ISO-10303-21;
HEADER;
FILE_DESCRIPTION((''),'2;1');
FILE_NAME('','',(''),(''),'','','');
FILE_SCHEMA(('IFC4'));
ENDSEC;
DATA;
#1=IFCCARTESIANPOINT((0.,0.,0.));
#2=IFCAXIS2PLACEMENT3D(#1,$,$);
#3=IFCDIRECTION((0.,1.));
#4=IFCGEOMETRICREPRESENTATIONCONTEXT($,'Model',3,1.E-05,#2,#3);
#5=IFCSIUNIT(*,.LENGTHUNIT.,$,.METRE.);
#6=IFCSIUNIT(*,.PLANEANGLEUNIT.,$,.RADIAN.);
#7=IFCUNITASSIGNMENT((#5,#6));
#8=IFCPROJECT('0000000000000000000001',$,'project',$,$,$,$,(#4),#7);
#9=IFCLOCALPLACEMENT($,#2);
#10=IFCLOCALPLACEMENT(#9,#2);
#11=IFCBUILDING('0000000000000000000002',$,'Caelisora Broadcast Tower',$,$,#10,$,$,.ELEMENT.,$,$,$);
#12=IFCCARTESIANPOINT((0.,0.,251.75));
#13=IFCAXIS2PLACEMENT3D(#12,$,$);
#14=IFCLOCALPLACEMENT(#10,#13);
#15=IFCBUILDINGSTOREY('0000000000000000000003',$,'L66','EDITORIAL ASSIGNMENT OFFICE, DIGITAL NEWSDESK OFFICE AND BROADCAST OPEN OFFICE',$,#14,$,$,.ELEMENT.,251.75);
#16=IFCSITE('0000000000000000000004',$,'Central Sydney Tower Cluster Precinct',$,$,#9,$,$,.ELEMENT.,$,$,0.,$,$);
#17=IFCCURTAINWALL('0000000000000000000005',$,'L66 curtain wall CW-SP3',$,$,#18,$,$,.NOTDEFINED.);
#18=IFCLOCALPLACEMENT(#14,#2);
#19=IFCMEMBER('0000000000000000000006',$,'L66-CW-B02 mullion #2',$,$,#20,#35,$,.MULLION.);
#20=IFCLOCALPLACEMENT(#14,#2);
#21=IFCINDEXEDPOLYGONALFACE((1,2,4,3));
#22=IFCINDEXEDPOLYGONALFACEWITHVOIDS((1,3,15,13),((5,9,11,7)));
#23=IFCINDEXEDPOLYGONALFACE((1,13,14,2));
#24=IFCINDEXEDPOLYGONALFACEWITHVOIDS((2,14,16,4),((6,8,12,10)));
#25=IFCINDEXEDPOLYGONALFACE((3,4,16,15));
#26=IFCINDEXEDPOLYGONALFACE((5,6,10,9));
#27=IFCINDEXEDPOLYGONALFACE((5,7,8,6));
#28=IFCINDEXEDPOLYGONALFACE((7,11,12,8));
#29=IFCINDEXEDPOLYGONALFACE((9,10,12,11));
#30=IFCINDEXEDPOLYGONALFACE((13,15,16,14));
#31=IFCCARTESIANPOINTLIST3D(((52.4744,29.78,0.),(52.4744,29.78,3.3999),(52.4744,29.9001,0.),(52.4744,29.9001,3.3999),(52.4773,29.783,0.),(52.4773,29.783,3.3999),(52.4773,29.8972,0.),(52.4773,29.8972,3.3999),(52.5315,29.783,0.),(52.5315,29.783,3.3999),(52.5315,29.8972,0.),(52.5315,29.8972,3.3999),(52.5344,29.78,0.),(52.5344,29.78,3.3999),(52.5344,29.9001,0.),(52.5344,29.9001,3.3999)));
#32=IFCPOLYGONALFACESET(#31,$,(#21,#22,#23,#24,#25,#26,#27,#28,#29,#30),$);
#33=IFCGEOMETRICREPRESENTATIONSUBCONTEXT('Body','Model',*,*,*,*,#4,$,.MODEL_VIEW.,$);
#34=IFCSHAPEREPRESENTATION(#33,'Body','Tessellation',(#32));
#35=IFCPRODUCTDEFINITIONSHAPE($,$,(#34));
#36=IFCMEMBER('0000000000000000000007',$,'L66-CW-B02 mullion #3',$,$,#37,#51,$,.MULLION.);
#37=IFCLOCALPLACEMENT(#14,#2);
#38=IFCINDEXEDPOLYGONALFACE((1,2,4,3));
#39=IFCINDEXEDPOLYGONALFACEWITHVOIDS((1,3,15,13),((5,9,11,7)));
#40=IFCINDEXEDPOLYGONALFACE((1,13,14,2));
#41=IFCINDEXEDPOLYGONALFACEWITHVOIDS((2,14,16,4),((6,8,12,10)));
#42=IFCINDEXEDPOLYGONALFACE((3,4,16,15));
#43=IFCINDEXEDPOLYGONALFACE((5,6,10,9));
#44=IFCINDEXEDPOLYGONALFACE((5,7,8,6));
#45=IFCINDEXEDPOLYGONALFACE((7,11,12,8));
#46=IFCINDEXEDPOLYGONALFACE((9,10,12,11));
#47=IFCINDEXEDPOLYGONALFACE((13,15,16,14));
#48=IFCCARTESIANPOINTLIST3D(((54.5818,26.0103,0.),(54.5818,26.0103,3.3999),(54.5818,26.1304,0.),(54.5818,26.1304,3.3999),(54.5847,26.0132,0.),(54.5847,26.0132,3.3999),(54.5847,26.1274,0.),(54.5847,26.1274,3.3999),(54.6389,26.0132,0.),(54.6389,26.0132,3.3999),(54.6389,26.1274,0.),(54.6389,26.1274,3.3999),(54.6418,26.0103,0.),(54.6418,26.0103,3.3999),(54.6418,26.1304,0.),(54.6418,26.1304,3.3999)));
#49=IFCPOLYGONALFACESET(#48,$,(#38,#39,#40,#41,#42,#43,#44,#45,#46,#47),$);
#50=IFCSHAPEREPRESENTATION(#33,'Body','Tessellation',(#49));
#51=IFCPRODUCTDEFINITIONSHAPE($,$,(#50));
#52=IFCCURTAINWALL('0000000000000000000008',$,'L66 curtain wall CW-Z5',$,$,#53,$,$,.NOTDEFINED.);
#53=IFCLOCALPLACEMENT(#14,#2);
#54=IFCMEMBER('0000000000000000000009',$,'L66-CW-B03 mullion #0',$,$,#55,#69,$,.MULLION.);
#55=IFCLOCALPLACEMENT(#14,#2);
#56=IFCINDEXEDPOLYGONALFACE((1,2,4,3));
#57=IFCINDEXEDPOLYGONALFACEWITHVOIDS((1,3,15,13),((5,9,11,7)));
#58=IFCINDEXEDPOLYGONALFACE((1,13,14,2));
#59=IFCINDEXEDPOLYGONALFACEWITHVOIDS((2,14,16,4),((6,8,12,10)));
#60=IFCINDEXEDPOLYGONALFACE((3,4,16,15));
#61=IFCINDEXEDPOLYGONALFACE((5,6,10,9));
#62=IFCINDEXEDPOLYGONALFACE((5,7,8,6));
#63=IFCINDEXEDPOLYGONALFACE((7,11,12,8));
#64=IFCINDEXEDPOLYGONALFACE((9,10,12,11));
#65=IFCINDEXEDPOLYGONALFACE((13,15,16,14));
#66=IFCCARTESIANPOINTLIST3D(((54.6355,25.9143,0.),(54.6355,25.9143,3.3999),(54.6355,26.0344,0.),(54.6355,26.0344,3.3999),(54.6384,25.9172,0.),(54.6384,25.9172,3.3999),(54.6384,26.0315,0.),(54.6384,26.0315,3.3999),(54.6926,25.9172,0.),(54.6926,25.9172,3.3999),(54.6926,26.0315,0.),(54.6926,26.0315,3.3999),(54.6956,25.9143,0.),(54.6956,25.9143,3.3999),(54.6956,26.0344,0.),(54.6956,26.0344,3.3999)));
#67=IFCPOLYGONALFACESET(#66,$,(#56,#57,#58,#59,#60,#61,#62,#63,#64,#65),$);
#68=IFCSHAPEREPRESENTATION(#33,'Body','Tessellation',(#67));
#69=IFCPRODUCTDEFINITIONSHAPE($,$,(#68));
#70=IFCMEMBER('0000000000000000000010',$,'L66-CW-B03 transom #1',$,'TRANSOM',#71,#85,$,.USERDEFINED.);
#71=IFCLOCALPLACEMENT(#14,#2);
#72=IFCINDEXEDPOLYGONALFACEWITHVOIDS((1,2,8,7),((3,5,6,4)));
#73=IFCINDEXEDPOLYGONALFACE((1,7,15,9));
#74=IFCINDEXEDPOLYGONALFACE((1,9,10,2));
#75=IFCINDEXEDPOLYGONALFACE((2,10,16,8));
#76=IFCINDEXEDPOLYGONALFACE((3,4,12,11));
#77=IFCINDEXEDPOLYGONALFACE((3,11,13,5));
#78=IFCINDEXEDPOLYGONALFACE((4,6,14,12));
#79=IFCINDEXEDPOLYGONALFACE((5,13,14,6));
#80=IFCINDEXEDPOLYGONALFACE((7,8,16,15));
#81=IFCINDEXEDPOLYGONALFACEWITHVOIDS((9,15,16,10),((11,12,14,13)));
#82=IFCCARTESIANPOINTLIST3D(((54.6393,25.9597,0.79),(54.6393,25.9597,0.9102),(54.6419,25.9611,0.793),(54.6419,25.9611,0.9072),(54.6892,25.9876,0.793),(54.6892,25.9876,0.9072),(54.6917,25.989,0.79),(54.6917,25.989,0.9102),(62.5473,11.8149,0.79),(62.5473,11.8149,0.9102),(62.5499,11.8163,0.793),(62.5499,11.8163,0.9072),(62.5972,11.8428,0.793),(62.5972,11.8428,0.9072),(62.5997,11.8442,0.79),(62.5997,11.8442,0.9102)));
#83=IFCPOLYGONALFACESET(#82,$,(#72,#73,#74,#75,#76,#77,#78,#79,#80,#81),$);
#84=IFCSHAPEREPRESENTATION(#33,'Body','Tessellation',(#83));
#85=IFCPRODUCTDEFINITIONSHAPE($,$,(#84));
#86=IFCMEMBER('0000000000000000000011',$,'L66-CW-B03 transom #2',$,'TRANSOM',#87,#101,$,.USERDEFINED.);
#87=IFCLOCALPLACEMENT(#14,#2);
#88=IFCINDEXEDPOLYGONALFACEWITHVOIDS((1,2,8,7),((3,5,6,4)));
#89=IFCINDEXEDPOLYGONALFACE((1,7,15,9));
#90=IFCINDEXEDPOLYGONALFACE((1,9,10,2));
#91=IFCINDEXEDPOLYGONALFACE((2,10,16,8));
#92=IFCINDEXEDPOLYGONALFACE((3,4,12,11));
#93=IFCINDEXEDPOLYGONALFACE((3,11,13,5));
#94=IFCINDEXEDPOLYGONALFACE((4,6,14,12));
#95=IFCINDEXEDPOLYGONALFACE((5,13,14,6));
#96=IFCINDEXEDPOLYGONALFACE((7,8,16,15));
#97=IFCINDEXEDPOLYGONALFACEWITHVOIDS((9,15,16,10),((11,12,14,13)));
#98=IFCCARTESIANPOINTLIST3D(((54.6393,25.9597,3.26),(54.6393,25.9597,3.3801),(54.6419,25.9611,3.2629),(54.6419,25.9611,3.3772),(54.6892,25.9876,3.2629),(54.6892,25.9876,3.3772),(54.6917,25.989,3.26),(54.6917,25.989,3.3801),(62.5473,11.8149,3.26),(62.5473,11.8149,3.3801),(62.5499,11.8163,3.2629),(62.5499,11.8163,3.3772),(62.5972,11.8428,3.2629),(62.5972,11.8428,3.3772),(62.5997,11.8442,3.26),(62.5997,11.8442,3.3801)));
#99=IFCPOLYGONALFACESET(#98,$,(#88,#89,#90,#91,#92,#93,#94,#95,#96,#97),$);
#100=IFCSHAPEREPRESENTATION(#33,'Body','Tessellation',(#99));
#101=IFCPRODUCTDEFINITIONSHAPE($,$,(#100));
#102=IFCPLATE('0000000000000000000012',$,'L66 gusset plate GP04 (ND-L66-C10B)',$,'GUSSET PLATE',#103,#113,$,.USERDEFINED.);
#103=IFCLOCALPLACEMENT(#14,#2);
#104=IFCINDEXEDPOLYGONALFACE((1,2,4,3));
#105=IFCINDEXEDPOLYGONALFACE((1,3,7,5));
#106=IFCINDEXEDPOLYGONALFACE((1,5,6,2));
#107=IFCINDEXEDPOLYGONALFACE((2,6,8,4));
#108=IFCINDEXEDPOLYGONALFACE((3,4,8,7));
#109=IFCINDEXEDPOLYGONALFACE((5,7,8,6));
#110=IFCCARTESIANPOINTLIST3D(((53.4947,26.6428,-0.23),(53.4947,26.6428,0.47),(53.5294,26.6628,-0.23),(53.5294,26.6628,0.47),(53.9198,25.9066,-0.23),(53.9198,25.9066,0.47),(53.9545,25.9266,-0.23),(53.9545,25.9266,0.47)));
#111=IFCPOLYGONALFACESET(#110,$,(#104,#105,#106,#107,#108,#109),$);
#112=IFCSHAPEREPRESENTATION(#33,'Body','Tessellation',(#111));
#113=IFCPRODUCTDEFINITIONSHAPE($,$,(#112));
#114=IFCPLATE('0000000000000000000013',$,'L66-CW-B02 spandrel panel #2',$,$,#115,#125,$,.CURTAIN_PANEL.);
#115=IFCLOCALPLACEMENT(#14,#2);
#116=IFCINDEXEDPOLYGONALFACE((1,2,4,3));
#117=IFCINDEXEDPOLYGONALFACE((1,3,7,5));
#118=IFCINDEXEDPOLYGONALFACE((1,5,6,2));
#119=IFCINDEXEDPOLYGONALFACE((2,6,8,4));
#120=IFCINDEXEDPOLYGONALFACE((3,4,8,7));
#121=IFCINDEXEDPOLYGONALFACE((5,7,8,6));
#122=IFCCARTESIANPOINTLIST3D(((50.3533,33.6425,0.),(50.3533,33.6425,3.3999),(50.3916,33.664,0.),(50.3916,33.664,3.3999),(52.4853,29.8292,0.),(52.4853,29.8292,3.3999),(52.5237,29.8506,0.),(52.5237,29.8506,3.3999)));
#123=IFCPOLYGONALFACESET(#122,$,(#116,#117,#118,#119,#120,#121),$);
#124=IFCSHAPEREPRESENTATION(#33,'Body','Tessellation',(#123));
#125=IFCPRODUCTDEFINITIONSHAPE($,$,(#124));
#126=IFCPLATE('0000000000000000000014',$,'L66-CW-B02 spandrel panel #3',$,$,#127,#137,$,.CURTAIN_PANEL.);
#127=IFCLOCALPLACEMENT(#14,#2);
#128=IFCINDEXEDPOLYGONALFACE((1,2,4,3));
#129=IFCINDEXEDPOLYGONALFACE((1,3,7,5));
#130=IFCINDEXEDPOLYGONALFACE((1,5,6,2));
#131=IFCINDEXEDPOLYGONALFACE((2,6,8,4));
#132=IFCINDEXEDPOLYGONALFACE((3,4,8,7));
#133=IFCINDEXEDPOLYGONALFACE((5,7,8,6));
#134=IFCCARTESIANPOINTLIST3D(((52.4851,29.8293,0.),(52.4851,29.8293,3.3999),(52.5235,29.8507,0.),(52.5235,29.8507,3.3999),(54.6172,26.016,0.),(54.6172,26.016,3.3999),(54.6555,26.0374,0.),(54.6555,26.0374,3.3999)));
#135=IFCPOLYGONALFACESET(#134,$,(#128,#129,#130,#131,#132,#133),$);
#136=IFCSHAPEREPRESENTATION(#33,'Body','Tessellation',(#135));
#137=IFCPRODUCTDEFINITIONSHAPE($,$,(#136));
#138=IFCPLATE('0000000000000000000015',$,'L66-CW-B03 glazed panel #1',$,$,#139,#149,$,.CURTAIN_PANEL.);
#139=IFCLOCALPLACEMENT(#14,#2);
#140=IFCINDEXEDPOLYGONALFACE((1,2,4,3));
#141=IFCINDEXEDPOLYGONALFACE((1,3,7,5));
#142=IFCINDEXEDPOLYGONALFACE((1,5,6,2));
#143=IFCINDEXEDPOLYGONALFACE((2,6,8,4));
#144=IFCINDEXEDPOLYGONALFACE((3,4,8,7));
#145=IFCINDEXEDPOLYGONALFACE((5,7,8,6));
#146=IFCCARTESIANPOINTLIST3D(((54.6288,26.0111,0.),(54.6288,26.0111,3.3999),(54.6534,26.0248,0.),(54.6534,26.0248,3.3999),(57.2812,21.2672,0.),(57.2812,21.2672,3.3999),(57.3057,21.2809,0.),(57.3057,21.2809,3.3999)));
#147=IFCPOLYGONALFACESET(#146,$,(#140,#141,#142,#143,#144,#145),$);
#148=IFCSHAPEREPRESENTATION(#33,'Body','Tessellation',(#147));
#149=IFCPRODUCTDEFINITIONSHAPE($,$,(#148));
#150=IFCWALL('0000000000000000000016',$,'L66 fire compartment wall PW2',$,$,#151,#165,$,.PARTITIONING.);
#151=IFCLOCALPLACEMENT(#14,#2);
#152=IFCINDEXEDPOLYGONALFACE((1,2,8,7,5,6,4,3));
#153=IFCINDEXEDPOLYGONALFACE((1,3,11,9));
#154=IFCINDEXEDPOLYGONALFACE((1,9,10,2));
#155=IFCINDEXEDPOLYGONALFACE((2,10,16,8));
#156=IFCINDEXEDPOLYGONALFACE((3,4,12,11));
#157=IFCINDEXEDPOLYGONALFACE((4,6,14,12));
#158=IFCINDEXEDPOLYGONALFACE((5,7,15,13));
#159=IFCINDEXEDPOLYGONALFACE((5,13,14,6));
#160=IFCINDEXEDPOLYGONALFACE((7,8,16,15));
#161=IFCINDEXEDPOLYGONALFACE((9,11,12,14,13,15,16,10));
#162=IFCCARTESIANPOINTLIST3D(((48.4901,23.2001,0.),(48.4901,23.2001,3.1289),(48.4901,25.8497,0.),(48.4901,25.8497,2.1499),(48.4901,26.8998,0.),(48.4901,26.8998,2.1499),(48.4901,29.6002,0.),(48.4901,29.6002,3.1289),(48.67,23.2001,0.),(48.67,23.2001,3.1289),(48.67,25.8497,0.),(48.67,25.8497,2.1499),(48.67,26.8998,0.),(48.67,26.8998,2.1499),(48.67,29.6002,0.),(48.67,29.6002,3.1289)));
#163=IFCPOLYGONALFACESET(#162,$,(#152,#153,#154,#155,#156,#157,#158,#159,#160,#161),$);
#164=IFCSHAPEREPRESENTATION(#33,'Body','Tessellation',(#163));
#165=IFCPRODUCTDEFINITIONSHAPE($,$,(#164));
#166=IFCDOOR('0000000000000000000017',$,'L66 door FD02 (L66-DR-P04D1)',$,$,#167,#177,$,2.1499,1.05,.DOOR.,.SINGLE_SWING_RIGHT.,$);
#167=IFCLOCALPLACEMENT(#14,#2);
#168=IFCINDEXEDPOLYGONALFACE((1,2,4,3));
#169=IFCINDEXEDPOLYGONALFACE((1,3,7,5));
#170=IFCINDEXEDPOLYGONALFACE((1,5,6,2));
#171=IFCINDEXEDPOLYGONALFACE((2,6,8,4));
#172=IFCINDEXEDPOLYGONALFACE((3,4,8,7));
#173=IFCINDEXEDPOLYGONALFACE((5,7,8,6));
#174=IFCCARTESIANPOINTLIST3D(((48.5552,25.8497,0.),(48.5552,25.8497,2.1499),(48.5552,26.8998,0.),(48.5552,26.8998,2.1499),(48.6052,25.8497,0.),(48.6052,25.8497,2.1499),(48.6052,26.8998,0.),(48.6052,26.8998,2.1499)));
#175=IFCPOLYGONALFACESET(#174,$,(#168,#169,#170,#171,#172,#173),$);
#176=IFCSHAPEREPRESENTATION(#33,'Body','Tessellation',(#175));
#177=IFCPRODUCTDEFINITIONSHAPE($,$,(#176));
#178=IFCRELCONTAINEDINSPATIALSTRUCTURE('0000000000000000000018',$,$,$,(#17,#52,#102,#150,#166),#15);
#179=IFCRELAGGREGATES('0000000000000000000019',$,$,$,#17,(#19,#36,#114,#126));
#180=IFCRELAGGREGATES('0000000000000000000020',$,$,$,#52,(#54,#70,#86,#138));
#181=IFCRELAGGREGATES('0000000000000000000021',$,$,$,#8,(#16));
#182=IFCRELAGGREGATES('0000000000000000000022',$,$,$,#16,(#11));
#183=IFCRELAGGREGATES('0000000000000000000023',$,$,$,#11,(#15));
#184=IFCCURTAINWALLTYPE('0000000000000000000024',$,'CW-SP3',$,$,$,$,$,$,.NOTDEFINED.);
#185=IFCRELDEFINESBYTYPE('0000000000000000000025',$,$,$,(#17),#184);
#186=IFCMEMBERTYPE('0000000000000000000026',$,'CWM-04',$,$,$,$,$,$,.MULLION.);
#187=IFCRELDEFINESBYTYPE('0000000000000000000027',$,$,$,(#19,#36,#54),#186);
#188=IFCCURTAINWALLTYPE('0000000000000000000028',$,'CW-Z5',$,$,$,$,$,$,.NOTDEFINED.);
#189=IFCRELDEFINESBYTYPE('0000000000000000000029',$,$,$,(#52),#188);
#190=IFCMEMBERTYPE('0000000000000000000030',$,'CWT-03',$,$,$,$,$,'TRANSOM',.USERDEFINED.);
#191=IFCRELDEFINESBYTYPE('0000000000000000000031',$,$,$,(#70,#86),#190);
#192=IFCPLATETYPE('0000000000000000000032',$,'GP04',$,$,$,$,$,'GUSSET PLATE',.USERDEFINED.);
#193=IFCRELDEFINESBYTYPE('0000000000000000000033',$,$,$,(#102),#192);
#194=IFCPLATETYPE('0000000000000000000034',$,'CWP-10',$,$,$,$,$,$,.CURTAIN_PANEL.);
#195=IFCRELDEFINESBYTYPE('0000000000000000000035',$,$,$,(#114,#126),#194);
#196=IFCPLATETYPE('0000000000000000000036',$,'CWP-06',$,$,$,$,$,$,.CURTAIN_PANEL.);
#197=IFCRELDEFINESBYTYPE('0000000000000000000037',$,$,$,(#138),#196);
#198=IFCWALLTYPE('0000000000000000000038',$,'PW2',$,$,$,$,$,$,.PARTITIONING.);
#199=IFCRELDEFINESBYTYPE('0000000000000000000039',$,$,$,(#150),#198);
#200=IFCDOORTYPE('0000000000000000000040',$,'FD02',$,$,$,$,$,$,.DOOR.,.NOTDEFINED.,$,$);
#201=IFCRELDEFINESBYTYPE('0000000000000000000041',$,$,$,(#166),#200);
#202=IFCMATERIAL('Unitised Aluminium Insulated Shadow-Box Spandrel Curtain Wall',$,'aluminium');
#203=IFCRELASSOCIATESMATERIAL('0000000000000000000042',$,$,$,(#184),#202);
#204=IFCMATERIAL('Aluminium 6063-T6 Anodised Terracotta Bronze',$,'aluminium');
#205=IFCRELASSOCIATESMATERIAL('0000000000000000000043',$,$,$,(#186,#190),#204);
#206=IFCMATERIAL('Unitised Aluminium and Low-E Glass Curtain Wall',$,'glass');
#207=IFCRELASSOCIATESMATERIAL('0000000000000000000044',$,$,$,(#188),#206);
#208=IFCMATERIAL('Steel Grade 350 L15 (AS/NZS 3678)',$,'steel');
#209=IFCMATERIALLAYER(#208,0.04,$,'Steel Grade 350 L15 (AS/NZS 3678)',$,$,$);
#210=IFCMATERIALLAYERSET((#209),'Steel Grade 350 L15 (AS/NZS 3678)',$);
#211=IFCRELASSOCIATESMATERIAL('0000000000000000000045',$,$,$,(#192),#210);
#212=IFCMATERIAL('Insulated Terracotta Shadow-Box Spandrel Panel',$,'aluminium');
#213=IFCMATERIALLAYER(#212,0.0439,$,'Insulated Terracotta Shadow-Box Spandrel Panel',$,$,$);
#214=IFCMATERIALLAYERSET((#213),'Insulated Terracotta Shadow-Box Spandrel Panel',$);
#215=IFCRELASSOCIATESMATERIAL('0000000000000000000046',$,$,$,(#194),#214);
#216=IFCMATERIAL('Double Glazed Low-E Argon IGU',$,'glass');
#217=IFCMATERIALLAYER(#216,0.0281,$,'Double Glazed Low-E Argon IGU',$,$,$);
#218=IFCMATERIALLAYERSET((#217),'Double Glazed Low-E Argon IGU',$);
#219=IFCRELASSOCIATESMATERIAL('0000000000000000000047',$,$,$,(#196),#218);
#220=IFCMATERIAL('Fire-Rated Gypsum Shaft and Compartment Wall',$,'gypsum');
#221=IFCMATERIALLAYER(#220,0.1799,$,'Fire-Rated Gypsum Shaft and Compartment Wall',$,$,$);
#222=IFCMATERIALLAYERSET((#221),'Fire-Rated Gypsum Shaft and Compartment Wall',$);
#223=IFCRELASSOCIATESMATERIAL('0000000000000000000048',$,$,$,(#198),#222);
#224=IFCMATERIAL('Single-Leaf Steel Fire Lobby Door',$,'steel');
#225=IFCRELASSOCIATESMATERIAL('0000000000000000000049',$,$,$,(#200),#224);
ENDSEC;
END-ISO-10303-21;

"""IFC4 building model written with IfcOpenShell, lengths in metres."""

from ifc_helpers import new_model, si_unit, direction, frame, frame_2d, origin, origin_2d, place, context, subcontext, project, spatial, rectangle, hollow_rectangle, extrude, source, transform, mapped, material, layer, layer_set, material_profile, profile_set, type_object, type_shapes, element, fill, aggregate, save


model = new_model("IFC4")

# Units and contexts
model_context = context("Model", 3, precision=1e-05, world=origin(), true_north=direction((0.0, 1.0)))
body_context = subcontext(model_context, "Body", "Model", "MODEL_VIEW")
ifc_project = project(units=[si_unit("LENGTHUNIT", "METRE"), si_unit("PLANEANGLEUNIT", "RADIAN")], contexts=[model_context])

# Site, building, storey
site_placement = place(None, origin())
site = spatial("IfcSite", under=ifc_project, at=site_placement, Name="Central Sydney Tower Cluster Precinct", CompositionType="ELEMENT", RefElevation=0.0)
building_placement = place(site_placement, origin())
building = spatial("IfcBuilding", under=site, at=building_placement, Name="Caelisora Broadcast Tower", CompositionType="ELEMENT")
storey_placement = place(building_placement, frame((0.0, 0.0, 251.75)))
storey = spatial("IfcBuildingStorey", under=building, at=storey_placement, Name="L66", Description="EDITORIAL ASSIGNMENT OFFICE, DIGITAL NEWSDESK OFFICE AND BROADCAST OPEN OFFICE", CompositionType="ELEMENT", Elevation=251.75)

# Shared definitions
ifc_material_1 = material(Name="Steel Grade 350 L15 (AS/NZS 3678)", Category="steel")

# Curtain walls, members
ifc_material_2 = material(Name="Unitised Aluminium Insulated Shadow-Box Spandrel Curtain Wall", Category="aluminium")
curtain_wall_type_1 = type_object("IfcCurtainWallType", Name="CW-SP3", PredefinedType="NOTDEFINED", material=ifc_material_2)
curtain_wall_1_placement = place(storey_placement, origin())
curtain_wall_1 = element("IfcCurtainWall", 1, at=curtain_wall_1_placement, inside=storey, type_object=curtain_wall_type_1, Name="L66 curtain wall CW-SP3", PredefinedType="NOTDEFINED")
ifc_material_3 = material(Name="Aluminium 6063-T6 Anodised Terracotta Bronze", Category="aluminium")
ifc_material_profile_1 = material_profile(ifc_material_3, hollow_rectangle(XDim=0.0601, YDim=0.1201, WallThickness=0.0029, at=origin_2d()), Name="Aluminium 6063-T6 Anodised Terracotta Bronze")
ifc_profile_set_1 = profile_set([ifc_material_profile_1], Name="Aluminium 6063-T6 Anodised Terracotta Bronze")
member_type_1 = type_object("IfcMemberType", Name="CWM-04", PredefinedType="MULLION", material=ifc_profile_set_1)
shared_shape_1 = source(origin(), body_context, "Body", "SweptSolid", [
    extrude(hollow_rectangle(XDim=0.0601, YDim=0.1201, WallThickness=0.0029, at=origin_2d()), origin(), (0.0, 0.0, 1.0), 3.3999),
])
type_shapes(member_type_1, [shared_shape_1])
member_1_placement = place(storey_placement, frame((52.5044, 29.8401, 0.0), z_axis=(0.0, 0.0, 1.0), x_axis=(1.0, 0.0, 0.0)))
member_1 = element("IfcMember", 2, at=member_1_placement, type_object=member_type_1, Name="L66-CW-B02 mullion #2", PredefinedType="MULLION", context=body_context, shape_type="MappedRepresentation", body=[
    mapped(shared_shape_1, transform((0.0, 0.0, 0.0), scale=1.0)),
])
member_2_placement = place(storey_placement, frame((54.6118, 26.0703, 0.0), z_axis=(0.0, 0.0, 1.0), x_axis=(1.0, 0.0, 0.0)))
member_2 = element("IfcMember", 3, at=member_2_placement, type_object=member_type_1, Name="L66-CW-B02 mullion #3", PredefinedType="MULLION", context=body_context, shape_type="MappedRepresentation", body=[
    mapped(shared_shape_1, transform((0.0, 0.0, 0.0), scale=1.0)),
])
ifc_material_4 = material(Name="Unitised Aluminium and Low-E Glass Curtain Wall", Category="glass")
curtain_wall_type_2 = type_object("IfcCurtainWallType", Name="CW-Z5", PredefinedType="NOTDEFINED", material=ifc_material_4)
curtain_wall_2_placement = place(storey_placement, origin())
curtain_wall_2 = element("IfcCurtainWall", 4, at=curtain_wall_2_placement, inside=storey, type_object=curtain_wall_type_2, Name="L66 curtain wall CW-Z5", PredefinedType="NOTDEFINED")
member_3_placement = place(storey_placement, frame((54.6655, 25.9744, 0.0), z_axis=(0.0, 0.0, 1.0), x_axis=(1.0, 0.0, 0.0)))
member_3 = element("IfcMember", 5, at=member_3_placement, type_object=member_type_1, Name="L66-CW-B03 mullion #0", PredefinedType="MULLION", context=body_context, shape_type="MappedRepresentation", body=[
    mapped(shared_shape_1, transform((0.0, 0.0, 0.0), scale=1.0)),
])
ifc_material_profile_2 = material_profile(ifc_material_3, hollow_rectangle(XDim=0.0601, YDim=0.1201, WallThickness=0.0029, at=origin_2d()), Name="Aluminium 6063-T6 Anodised Terracotta Bronze")
ifc_profile_set_2 = profile_set([ifc_material_profile_2], Name="Aluminium 6063-T6 Anodised Terracotta Bronze")
member_type_2 = type_object("IfcMemberType", Name="CWT-03", ElementType="TRANSOM", PredefinedType="USERDEFINED", material=ifc_profile_set_2)
shared_shape_2 = source(origin(), body_context, "Body", "SweptSolid", [
    extrude(hollow_rectangle(XDim=0.0601, YDim=0.1201, WallThickness=0.0029, at=origin_2d()), origin(), (0.0, 0.0, 1.0), 16.2053),
])
type_shapes(member_type_2, [shared_shape_2])
member_4_placement = place(storey_placement, frame((54.6655, 25.9744, 0.8501), z_axis=(0.487987, -0.872851, 0.0), x_axis=(0.872851, 0.487987, 0.0)))
member_4 = element("IfcMember", 6, at=member_4_placement, type_object=member_type_2, Name="L66-CW-B03 transom #1", ObjectType="TRANSOM", PredefinedType="USERDEFINED", context=body_context, shape_type="MappedRepresentation", body=[
    mapped(shared_shape_2, transform((0.0, 0.0, 0.0), scale=1.0)),
])
member_5_placement = place(storey_placement, frame((54.6655, 25.9744, 3.3201), z_axis=(0.487987, -0.872851, 0.0), x_axis=(0.872851, 0.487987, 0.0)))
member_5 = element("IfcMember", 7, at=member_5_placement, type_object=member_type_2, Name="L66-CW-B03 transom #2", ObjectType="TRANSOM", PredefinedType="USERDEFINED", context=body_context, shape_type="MappedRepresentation", body=[
    mapped(shared_shape_2, transform((0.0, 0.0, 0.0), scale=1.0)),
])

# Plates
ifc_layer_1 = layer(ifc_material_1, 0.04, Name="Steel Grade 350 L15 (AS/NZS 3678)")
ifc_layer_set_1 = layer_set([ifc_layer_1], Name="Steel Grade 350 L15 (AS/NZS 3678)")
plate_type_1 = type_object("IfcPlateType", Name="GP04", ElementType="GUSSET PLATE", PredefinedType="USERDEFINED", material=ifc_layer_set_1)
shared_shape_3 = source(origin(), body_context, "Body", "SweptSolid", [
    extrude(rectangle(XDim=0.8501, YDim=0.04, at=origin_2d()), origin(), (0.0, 0.0, 1.0), 0.7),
])
type_shapes(plate_type_1, [shared_shape_3])
plate_1_placement = place(storey_placement, frame((53.7246, 26.2847, -0.23), z_axis=(0.0, 0.0, 1.0), x_axis=(-0.5, 0.866025, 0.0)))
element("IfcPlate", 8, at=plate_1_placement, inside=storey, type_object=plate_type_1, Name="L66 gusset plate GP04 (ND-L66-C10B)", ObjectType="GUSSET PLATE", PredefinedType="USERDEFINED", context=body_context, shape_type="MappedRepresentation", body=[
    mapped(shared_shape_3, transform((0.0, 0.0, 0.0), scale=1.0)),
])
ifc_material_5 = material(Name="Insulated Terracotta Shadow-Box Spandrel Panel", Category="aluminium")
ifc_layer_2 = layer(ifc_material_5, 0.0439, Name="Insulated Terracotta Shadow-Box Spandrel Panel")
ifc_layer_set_2 = layer_set([ifc_layer_2], Name="Insulated Terracotta Shadow-Box Spandrel Panel")
plate_type_2 = type_object("IfcPlateType", Name="CWP-10", PredefinedType="CURTAIN_PANEL", material=ifc_layer_set_2)
shared_shape_4 = source(origin(), body_context, "Body", "SweptSolid", [
    extrude(rectangle(XDim=4.3689, YDim=0.0439, at=origin_2d()), origin(), (0.0, 0.0, 1.0), 3.3999),
])
type_shapes(plate_type_2, [shared_shape_4])
plate_2_placement = place(storey_placement, frame((51.4385, 31.7466, 0.0), z_axis=(0.0, 0.0, 1.0), x_axis=(0.488012, -0.872837, 0.0)))
plate_2 = element("IfcPlate", 9, at=plate_2_placement, type_object=plate_type_2, Name="L66-CW-B02 spandrel panel #2", PredefinedType="CURTAIN_PANEL", context=body_context, shape_type="MappedRepresentation", body=[
    mapped(shared_shape_4, transform((0.0, 0.0, 0.0), scale=1.0)),
])
plate_3_placement = place(storey_placement, frame((53.5703, 27.9333, 0.0), z_axis=(0.0, 0.0, 1.0), x_axis=(0.488012, -0.872837, 0.0)))
plate_3 = element("IfcPlate", 10, at=plate_3_placement, type_object=plate_type_2, Name="L66-CW-B02 spandrel panel #3", PredefinedType="CURTAIN_PANEL", context=body_context, shape_type="MappedRepresentation", body=[
    mapped(shared_shape_4, transform((0.0, 0.0, 0.0), scale=1.0)),
])
aggregate(curtain_wall_1, [member_1, member_2, plate_2, plate_3])
ifc_material_6 = material(Name="Double Glazed Low-E Argon IGU", Category="glass")
ifc_layer_3 = layer(ifc_material_6, 0.0281, Name="Double Glazed Low-E Argon IGU")
ifc_layer_set_3 = layer_set([ifc_layer_3], Name="Double Glazed Low-E Argon IGU")
plate_type_3 = type_object("IfcPlateType", Name="CWP-06", PredefinedType="CURTAIN_PANEL", material=ifc_layer_set_3)
shared_shape_5 = source(origin(), body_context, "Body", "SweptSolid", [
    extrude(rectangle(XDim=5.4351, YDim=0.0281, at=origin_2d()), origin(), (0.0, 0.0, 1.0), 3.3999),
])
type_shapes(plate_type_3, [shared_shape_5])
plate_4_placement = place(storey_placement, frame((55.9673, 23.646, 0.0), z_axis=(0.0, 0.0, 1.0), x_axis=(0.488012, -0.872837, 0.0)))
plate_4 = element("IfcPlate", 11, at=plate_4_placement, type_object=plate_type_3, Name="L66-CW-B03 glazed panel #1", PredefinedType="CURTAIN_PANEL", context=body_context, shape_type="MappedRepresentation", body=[
    mapped(shared_shape_5, transform((0.0, 0.0, 0.0), scale=1.0)),
])
aggregate(curtain_wall_2, [member_3, member_4, member_5, plate_4])

# Wall, opening, door
ifc_material_7 = material(Name="Fire-Rated Gypsum Shaft and Compartment Wall", Category="gypsum")
ifc_layer_4 = layer(ifc_material_7, 0.1799, Name="Fire-Rated Gypsum Shaft and Compartment Wall")
ifc_layer_set_4 = layer_set([ifc_layer_4], Name="Fire-Rated Gypsum Shaft and Compartment Wall")
wall_type_1 = type_object("IfcWallType", Name="PW2", PredefinedType="PARTITIONING", material=ifc_layer_set_4)
wall_1_placement = place(storey_placement, frame((48.5801, 23.2, 0.0), z_axis=(0.0, 0.0, 1.0), x_axis=(0.0, 1.0, 0.0)))
wall_1 = element("IfcWall", 12, at=wall_1_placement, inside=storey, type_object=wall_type_1, Name="L66 fire compartment wall PW2", PredefinedType="PARTITIONING", context=body_context, shape_type="SweptSolid", body=[
    extrude(rectangle(XDim=6.4001, YDim=0.1799, at=frame_2d((3.2002, 0.0))), origin(), (0.0, 0.0, 1.0), 3.1289),
])
opening_placement = place(wall_1_placement, frame((2.6499, 0.0, 0.0)))
opening = element("IfcOpeningElement", 13, at=opening_placement, cuts=wall_1, PredefinedType="OPENING", context=body_context, shape_type="SweptSolid", body=[
    extrude(rectangle(XDim=1.05, YDim=2.1499, at=frame_2d((0.5249, 1.075))), frame((0.0, 0.1021, 0.0), z_axis=(0.0, -1.0, 0.0), x_axis=(1.0, 0.0, 0.0)), (0.0, 0.0, 1.0), 0.2039),
])
ifc_material_8 = material(Name="Single-Leaf Steel Fire Lobby Door", Category="steel")
door_type = type_object("IfcDoorType", Name="FD02", OperationType="NOTDEFINED", PredefinedType="DOOR", material=ifc_material_8)
door_placement = place(opening_placement, origin())
door = element("IfcDoor", 14, at=door_placement, inside=storey, type_object=door_type, Name="L66 door FD02 (L66-DR-P04D1)", OperationType="SINGLE_SWING_RIGHT", OverallHeight=2.1499, OverallWidth=1.05, PredefinedType="DOOR", context=body_context, shape_type="SweptSolid", body=[
    extrude(rectangle(XDim=1.05, YDim=2.1499, at=frame_2d((0.5249, 1.075))), frame((0.0, 0.0249, 0.0), z_axis=(0.0, -1.0, 0.0), x_axis=(1.0, 0.0, 0.0)), (0.0, 0.0, 1.0), 0.05),
])
fill(opening, door)

save(model, "model.ifc")
